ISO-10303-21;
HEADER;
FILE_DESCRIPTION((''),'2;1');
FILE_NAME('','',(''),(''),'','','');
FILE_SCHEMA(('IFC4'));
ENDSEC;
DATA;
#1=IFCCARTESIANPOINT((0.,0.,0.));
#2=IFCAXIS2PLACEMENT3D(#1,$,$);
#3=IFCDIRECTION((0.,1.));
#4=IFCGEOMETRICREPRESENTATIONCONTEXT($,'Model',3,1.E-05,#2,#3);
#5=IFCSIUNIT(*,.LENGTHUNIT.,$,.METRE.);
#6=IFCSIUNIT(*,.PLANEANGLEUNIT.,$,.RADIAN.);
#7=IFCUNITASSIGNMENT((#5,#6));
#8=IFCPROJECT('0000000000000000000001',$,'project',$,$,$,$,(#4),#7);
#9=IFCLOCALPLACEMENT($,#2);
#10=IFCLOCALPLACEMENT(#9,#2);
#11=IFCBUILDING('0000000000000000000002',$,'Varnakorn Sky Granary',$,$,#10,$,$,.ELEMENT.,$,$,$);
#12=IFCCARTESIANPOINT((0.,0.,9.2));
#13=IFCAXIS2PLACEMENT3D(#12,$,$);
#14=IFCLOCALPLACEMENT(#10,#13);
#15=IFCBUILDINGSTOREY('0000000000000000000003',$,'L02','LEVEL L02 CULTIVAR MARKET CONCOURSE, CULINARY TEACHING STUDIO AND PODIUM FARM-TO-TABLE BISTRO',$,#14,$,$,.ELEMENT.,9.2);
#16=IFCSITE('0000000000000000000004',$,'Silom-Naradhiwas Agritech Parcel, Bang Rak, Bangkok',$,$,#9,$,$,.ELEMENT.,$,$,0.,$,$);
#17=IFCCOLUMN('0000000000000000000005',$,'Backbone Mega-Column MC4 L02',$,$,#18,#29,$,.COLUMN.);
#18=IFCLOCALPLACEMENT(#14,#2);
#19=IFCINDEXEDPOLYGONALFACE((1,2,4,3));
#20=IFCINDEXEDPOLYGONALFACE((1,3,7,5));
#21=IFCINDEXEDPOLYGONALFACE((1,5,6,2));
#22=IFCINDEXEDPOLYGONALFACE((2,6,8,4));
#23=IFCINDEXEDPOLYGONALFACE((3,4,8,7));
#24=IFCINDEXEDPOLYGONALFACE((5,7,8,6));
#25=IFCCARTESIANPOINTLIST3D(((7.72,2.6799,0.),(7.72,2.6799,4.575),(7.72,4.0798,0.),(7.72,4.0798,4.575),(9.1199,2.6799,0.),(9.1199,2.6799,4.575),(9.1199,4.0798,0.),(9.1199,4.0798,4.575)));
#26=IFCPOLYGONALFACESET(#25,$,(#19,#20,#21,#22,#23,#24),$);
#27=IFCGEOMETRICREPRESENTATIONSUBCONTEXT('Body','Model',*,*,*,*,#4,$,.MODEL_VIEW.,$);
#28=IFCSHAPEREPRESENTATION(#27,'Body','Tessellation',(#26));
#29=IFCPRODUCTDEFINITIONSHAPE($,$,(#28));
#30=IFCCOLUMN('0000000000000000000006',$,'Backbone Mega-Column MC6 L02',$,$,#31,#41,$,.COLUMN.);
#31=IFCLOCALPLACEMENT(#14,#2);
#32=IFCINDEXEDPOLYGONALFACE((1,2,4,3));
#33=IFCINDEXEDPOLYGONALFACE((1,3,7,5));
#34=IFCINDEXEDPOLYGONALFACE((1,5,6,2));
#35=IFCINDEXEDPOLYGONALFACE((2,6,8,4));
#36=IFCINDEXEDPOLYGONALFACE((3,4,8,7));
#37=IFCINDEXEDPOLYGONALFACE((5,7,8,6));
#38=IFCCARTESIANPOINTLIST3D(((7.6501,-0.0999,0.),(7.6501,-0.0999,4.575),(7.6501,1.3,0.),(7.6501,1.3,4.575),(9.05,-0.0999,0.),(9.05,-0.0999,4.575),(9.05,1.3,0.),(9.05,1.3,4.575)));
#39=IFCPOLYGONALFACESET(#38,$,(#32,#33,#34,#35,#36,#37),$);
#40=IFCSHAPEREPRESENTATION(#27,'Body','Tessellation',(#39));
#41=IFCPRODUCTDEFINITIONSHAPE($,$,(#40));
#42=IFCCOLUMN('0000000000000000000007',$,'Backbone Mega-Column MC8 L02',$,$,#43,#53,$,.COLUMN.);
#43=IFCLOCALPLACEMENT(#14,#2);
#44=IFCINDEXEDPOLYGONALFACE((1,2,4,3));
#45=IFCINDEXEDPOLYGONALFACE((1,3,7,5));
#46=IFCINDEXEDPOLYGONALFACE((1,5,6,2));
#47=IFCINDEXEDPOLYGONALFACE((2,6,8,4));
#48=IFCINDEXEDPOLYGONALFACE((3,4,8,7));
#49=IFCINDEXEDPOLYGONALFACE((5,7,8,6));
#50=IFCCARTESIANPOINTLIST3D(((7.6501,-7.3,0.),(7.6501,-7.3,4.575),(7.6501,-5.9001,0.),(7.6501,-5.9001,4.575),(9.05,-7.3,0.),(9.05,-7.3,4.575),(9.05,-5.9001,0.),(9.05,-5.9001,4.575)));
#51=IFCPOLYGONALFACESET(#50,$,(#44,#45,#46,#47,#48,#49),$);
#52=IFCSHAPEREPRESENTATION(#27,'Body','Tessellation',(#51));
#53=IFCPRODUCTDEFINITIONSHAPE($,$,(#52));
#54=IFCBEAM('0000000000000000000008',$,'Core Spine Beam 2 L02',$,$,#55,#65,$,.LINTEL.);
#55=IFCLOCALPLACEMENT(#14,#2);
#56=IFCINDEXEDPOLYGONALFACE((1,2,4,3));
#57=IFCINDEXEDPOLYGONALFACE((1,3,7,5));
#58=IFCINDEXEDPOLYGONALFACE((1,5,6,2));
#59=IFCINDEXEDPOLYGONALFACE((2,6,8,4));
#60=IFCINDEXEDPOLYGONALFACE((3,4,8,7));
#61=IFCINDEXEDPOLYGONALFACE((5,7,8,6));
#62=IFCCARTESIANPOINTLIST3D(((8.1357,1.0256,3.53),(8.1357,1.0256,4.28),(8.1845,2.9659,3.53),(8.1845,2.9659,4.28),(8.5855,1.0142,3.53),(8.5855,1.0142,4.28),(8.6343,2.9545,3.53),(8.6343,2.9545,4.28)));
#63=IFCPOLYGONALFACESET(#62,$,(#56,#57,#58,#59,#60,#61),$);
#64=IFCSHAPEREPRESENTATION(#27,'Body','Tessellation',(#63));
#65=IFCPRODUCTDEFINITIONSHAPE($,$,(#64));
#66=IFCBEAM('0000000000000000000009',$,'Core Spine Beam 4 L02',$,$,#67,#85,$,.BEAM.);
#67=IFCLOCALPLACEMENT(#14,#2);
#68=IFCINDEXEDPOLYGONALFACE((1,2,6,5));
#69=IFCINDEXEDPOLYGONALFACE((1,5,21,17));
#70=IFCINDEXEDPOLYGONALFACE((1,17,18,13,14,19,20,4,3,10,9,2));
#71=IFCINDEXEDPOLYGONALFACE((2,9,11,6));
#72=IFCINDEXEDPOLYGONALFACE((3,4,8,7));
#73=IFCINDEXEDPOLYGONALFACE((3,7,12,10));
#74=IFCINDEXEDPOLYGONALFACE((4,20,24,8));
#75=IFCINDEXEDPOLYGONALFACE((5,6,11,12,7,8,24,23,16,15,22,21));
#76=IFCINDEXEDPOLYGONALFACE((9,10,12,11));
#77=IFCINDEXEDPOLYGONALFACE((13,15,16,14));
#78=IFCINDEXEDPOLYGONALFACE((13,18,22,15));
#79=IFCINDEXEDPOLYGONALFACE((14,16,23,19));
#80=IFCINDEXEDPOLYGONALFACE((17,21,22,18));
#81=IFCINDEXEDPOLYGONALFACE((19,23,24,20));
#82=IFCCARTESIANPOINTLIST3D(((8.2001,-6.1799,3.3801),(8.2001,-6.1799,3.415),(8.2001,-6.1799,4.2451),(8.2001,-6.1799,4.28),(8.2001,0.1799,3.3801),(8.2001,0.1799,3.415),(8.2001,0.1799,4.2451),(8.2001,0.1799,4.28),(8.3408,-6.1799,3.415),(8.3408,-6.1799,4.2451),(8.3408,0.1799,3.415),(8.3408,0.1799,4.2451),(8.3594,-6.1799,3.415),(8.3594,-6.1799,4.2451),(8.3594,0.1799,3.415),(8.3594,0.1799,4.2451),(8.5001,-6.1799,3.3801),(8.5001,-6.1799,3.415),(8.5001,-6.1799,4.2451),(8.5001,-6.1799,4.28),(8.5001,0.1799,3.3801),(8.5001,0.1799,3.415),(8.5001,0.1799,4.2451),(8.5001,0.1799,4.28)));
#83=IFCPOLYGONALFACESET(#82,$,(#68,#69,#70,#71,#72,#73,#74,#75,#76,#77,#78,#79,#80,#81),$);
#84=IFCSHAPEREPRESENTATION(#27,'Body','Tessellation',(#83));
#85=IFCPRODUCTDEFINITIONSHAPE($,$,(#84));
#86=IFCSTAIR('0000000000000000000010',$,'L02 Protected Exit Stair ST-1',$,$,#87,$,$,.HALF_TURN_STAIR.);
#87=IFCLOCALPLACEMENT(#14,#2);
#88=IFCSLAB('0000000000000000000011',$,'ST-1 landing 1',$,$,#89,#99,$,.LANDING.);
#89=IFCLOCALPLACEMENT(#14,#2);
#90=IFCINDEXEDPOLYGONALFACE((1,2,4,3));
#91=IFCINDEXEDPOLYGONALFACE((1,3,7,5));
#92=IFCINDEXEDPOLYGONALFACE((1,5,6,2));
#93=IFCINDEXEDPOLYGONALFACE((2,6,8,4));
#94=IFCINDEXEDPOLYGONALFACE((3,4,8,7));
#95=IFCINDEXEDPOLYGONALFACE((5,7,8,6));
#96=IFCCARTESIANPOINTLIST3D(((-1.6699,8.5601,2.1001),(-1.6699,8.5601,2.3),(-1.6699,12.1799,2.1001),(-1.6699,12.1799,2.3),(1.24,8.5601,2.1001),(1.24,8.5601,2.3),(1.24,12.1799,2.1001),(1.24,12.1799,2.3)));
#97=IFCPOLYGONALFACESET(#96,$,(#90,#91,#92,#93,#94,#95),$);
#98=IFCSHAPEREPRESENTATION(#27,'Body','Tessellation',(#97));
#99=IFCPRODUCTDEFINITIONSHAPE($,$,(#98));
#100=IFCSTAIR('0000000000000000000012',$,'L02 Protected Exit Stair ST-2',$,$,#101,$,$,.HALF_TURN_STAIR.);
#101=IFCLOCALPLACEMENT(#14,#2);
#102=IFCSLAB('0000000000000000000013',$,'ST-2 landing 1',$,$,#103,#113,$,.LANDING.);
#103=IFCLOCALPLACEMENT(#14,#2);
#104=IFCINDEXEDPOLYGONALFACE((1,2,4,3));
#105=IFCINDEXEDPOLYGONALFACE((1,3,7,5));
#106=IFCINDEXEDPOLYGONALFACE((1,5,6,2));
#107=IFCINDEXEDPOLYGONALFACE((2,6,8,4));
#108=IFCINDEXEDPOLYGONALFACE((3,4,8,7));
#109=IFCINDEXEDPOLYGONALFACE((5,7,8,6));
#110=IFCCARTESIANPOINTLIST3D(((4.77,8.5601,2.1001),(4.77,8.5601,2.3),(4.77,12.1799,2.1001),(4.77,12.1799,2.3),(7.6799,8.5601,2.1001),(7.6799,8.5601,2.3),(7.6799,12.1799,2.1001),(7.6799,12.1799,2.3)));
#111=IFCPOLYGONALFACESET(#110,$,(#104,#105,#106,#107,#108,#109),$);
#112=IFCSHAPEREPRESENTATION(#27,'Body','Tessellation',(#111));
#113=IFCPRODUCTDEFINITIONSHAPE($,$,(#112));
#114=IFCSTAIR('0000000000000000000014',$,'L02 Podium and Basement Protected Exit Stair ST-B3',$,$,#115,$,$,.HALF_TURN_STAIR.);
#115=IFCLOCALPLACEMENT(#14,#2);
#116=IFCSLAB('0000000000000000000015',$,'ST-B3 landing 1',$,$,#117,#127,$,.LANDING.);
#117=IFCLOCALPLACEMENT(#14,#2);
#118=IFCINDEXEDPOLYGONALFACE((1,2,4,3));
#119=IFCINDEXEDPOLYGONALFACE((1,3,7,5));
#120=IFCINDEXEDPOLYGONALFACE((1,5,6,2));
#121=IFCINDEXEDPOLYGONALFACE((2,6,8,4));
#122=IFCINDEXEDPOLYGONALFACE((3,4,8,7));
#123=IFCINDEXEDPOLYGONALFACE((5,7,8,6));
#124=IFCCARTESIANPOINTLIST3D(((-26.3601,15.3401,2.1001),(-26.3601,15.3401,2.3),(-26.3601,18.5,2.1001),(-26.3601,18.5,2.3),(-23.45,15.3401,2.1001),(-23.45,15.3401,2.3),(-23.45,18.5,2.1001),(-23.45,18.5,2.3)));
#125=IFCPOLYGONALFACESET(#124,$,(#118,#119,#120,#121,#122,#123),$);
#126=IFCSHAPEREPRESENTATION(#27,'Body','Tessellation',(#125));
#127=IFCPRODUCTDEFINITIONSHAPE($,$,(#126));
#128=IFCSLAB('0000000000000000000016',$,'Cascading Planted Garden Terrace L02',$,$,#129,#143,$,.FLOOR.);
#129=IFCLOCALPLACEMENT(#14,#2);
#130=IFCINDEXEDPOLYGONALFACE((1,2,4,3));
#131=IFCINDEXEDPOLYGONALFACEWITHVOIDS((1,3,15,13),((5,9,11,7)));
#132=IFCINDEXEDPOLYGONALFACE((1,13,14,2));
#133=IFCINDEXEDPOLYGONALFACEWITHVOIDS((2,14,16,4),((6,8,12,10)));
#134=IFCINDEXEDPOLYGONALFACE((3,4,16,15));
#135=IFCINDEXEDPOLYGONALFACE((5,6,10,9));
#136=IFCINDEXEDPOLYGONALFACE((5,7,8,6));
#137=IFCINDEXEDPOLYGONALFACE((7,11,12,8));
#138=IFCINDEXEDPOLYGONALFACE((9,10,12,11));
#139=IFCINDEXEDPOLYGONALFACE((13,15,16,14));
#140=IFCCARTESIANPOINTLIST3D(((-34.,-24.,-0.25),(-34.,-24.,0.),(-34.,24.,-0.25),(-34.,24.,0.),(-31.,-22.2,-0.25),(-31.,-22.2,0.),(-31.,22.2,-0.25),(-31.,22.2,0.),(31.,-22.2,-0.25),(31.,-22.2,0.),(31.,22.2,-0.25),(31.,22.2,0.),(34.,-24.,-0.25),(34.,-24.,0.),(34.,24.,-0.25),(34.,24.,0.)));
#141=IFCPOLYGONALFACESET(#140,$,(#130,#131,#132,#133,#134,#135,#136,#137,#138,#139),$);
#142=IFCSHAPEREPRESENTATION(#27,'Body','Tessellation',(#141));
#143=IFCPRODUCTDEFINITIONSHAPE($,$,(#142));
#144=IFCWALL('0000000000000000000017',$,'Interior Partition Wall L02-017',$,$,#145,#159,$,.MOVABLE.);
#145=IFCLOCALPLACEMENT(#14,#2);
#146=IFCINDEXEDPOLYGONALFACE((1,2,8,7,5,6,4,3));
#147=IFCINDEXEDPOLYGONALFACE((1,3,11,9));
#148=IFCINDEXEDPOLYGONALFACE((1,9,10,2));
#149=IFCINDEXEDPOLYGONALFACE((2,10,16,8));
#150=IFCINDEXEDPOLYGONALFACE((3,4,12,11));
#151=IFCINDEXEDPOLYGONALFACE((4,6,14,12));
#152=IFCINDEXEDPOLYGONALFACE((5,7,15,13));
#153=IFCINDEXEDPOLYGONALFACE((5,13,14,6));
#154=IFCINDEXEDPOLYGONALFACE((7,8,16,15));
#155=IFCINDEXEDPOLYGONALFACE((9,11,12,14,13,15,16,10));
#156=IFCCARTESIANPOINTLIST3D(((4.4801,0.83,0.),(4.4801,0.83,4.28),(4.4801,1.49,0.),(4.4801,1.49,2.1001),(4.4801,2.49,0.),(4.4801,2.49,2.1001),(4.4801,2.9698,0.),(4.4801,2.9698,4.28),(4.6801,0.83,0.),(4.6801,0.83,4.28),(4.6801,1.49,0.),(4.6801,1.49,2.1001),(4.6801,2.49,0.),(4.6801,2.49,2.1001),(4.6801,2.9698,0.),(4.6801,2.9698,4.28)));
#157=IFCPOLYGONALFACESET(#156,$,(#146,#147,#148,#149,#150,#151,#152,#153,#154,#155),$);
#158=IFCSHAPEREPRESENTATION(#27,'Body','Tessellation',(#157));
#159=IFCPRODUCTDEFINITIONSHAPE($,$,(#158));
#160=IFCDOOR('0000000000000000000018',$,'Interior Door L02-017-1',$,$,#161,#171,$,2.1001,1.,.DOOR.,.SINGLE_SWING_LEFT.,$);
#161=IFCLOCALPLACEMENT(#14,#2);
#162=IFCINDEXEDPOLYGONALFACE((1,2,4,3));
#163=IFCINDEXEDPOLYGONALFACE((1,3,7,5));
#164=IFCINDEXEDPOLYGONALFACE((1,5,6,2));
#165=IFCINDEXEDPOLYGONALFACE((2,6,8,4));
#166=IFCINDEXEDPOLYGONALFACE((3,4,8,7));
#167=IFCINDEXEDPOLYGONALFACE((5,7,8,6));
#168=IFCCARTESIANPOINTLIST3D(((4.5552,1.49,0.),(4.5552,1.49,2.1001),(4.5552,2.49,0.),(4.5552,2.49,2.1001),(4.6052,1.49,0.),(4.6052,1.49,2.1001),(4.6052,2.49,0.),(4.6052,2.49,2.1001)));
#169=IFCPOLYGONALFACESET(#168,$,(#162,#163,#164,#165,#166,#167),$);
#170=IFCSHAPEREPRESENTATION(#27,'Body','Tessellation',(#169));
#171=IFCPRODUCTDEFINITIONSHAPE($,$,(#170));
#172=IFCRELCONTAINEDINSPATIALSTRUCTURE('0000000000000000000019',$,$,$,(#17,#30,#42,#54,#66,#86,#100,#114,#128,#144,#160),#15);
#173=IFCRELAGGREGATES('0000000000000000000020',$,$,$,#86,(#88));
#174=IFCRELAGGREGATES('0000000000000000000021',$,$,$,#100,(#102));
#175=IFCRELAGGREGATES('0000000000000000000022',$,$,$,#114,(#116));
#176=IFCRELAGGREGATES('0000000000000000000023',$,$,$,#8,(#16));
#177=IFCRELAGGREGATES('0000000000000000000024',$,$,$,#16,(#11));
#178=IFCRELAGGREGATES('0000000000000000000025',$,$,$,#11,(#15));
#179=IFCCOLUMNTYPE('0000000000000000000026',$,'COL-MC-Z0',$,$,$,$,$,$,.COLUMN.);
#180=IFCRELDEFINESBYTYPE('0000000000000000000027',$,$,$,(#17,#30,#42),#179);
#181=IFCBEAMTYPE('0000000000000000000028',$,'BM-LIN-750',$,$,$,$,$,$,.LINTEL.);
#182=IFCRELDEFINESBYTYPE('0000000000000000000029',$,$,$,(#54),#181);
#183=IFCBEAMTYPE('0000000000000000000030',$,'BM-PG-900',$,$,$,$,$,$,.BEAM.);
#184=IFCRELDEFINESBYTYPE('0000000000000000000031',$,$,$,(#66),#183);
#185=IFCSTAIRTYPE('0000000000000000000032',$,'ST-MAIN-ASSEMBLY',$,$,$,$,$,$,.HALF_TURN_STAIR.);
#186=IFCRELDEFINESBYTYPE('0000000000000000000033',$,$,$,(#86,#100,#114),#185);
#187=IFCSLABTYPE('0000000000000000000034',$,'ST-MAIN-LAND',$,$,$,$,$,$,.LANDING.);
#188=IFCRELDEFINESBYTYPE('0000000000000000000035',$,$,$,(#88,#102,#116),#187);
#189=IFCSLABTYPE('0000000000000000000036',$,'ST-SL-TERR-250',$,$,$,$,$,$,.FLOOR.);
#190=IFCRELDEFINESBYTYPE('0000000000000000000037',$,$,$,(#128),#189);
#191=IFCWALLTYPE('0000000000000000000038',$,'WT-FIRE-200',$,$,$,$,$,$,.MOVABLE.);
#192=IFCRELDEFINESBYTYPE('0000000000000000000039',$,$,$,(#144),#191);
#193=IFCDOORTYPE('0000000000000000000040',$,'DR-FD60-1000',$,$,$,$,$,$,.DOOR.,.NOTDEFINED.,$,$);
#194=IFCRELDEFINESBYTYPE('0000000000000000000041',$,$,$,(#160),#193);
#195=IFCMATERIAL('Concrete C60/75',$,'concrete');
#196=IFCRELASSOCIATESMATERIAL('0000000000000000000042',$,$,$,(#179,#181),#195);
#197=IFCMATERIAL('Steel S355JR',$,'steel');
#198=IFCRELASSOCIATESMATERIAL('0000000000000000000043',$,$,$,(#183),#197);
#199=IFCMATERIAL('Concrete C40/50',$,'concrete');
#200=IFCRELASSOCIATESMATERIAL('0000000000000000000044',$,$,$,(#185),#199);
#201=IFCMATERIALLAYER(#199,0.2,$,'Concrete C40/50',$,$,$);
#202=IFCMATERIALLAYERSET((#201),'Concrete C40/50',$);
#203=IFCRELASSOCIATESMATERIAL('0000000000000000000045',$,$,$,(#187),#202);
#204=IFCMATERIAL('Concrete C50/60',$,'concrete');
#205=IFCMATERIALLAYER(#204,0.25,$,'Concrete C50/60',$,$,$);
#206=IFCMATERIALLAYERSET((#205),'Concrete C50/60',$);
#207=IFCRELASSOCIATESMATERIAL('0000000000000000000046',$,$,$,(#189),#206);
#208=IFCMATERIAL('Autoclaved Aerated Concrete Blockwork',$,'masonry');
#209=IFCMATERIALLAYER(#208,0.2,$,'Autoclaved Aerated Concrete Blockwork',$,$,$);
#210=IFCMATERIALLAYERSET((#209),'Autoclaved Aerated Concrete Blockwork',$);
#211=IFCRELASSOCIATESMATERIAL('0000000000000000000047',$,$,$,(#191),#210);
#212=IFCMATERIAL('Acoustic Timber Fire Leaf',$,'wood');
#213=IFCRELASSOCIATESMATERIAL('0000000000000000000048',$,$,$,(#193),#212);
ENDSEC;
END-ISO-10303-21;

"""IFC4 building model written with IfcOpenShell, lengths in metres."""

from ifc_helpers import new_model, si_unit, direction, frame, frame_2d, origin, origin_2d, place, context, subcontext, project, spatial, polyline, rectangle, i_section, outline, extrude, material, layer, layer_set, material_profile, profile_set, type_object, element, fill, aggregate, save


model = new_model("IFC4")

# Units and contexts
model_context = context("Model", 3, precision=1e-05, world=origin(), true_north=direction((0.0, 1.0)))
body_context = subcontext(model_context, "Body", "Model", "MODEL_VIEW")
ifc_project = project(units=[si_unit("LENGTHUNIT", "METRE"), si_unit("PLANEANGLEUNIT", "RADIAN")], contexts=[model_context])

# Site, building, storey
site_placement = place(None, origin())
site = spatial("IfcSite", under=ifc_project, at=site_placement, Name="Silom-Naradhiwas Agritech Parcel, Bang Rak, Bangkok", CompositionType="ELEMENT", RefElevation=0.0)
building_placement = place(site_placement, origin())
building = spatial("IfcBuilding", under=site, at=building_placement, Name="Varnakorn Sky Granary", CompositionType="ELEMENT")
storey_placement = place(building_placement, frame((0.0, 0.0, 9.2)))
storey = spatial("IfcBuildingStorey", under=building, at=storey_placement, Name="L02", Description="LEVEL L02 CULTIVAR MARKET CONCOURSE, CULINARY TEACHING STUDIO AND PODIUM FARM-TO-TABLE BISTRO", CompositionType="ELEMENT", Elevation=9.2)

# Columns
ifc_material_1 = material(Name="Concrete C60/75", Category="concrete")
ifc_material_profile_1 = material_profile(ifc_material_1, rectangle(XDim=1.3999, YDim=1.3999, at=origin_2d()), Name="RC 1400x1400")
ifc_profile_set_1 = profile_set([ifc_material_profile_1], Name="Concrete C60/75")
column_type = type_object("IfcColumnType", Name="COL-MC-Z0", PredefinedType="COLUMN", material=ifc_profile_set_1)
for number, where, z_axis, x_axis, name in (
    (1, (8.4199, 3.3799, 0.0), (0.0, 0.0, 1.0), (1.0, 0.0, 0.0), "Backbone Mega-Column MC4 L02"),
    (2, (8.3501, 0.6001, 0.0), (0.0, 0.0, 1.0), (1.0, 0.0, 0.0), "Backbone Mega-Column MC6 L02"),
    (3, (8.3501, -6.6001, 0.0), (0.0, 0.0, 1.0), (1.0, 0.0, 0.0), "Backbone Mega-Column MC8 L02"),
):
    element("IfcColumn", number, at=place(storey_placement, frame(where, z_axis=z_axis, x_axis=x_axis)), inside=storey, type_object=column_type, Name=name, PredefinedType="COLUMN", context=body_context, shape_type="SweptSolid", body=[
        extrude(rectangle(XDim=1.3999, YDim=1.3999, at=origin_2d()), origin(), (0.0, 0.0, 1.0), 4.575),
    ])

# Beams
ifc_material_profile_2 = material_profile(ifc_material_1, rectangle(XDim=0.45, YDim=0.75, at=origin_2d()), Name="RC 450x750")
ifc_profile_set_2 = profile_set([ifc_material_profile_2], Name="Concrete C60/75")
beam_type_1 = type_object("IfcBeamType", Name="BM-LIN-750", PredefinedType="LINTEL", material=ifc_profile_set_2)
beam_1_placement = place(storey_placement, frame((8.4094, 2.9602, 3.905), z_axis=(-0.025159, -0.999683, 0.0), x_axis=(0.999683, -0.025159, 0.0)))
element("IfcBeam", 4, at=beam_1_placement, inside=storey, type_object=beam_type_1, Name="Core Spine Beam 2 L02", PredefinedType="LINTEL", context=body_context, shape_type="SweptSolid", body=[
    extrude(rectangle(XDim=0.45, YDim=0.75, at=origin_2d()), origin(), (0.0, 0.0, 1.0), 1.9409),
])
ifc_material_2 = material(Name="Steel S355JR", Category="steel")
ifc_material_profile_3 = material_profile(ifc_material_2, i_section(OverallWidth=0.3, OverallDepth=0.8999, WebThickness=0.0186, FlangeThickness=0.0349, at=origin_2d()), Name="HE 900 B")
ifc_profile_set_3 = profile_set([ifc_material_profile_3], Name="Steel S355JR")
beam_type_2 = type_object("IfcBeamType", Name="BM-PG-900", PredefinedType="BEAM", material=ifc_profile_set_3)
beam_2_placement = place(storey_placement, frame((8.3501, 0.1799, 3.8301), z_axis=(0.0, -1.0, 0.0), x_axis=(1.0, 0.0, 0.0)))
element("IfcBeam", 5, at=beam_2_placement, inside=storey, type_object=beam_type_2, Name="Core Spine Beam 4 L02", PredefinedType="BEAM", context=body_context, shape_type="SweptSolid", body=[
    extrude(i_section(OverallWidth=0.3, OverallDepth=0.8999, WebThickness=0.0186, FlangeThickness=0.0349, at=origin_2d()), origin(), (0.0, 0.0, 1.0), 6.3599),
])

# Stairs, slabs
ifc_material_3 = material(Name="Concrete C40/50", Category="concrete")
stair_type = type_object("IfcStairType", Name="ST-MAIN-ASSEMBLY", PredefinedType="HALF_TURN_STAIR", material=ifc_material_3)
stair_1_placement = place(storey_placement, origin())
stair_1 = element("IfcStair", 6, at=stair_1_placement, inside=storey, type_object=stair_type, Name="L02 Protected Exit Stair ST-1", PredefinedType="HALF_TURN_STAIR")
ifc_layer_1 = layer(ifc_material_3, 0.2, Name="Concrete C40/50")
ifc_layer_set_1 = layer_set([ifc_layer_1], Name="Concrete C40/50")
slab_type_1 = type_object("IfcSlabType", Name="ST-MAIN-LAND", PredefinedType="LANDING", material=ifc_layer_set_1)
slab_1_placement = place(storey_placement, frame((0.0, 0.0, 2.1001)))
slab_1 = element("IfcSlab", 7, at=slab_1_placement, type_object=slab_type_1, Name="ST-1 landing 1", PredefinedType="LANDING", context=body_context, shape_type="SweptSolid", body=[
    extrude(outline(polyline([(1.24, 8.5601), (1.24, 12.1799), (-1.6699, 12.1799), (-1.6699, 8.5601), (1.24, 8.5601)])), origin(), (0.0, 0.0, 1.0), 0.2),
])
aggregate(stair_1, [slab_1])
stair_2_placement = place(storey_placement, origin())
stair_2 = element("IfcStair", 8, at=stair_2_placement, inside=storey, type_object=stair_type, Name="L02 Protected Exit Stair ST-2", PredefinedType="HALF_TURN_STAIR")
slab_2_placement = place(storey_placement, frame((0.0, 0.0, 2.1001)))
slab_2 = element("IfcSlab", 9, at=slab_2_placement, type_object=slab_type_1, Name="ST-2 landing 1", PredefinedType="LANDING", context=body_context, shape_type="SweptSolid", body=[
    extrude(outline(polyline([(7.6799, 8.5601), (7.6799, 12.1799), (4.77, 12.1799), (4.77, 8.5601), (7.6799, 8.5601)])), origin(), (0.0, 0.0, 1.0), 0.2),
])
aggregate(stair_2, [slab_2])
stair_3_placement = place(storey_placement, origin())
stair_3 = element("IfcStair", 10, at=stair_3_placement, inside=storey, type_object=stair_type, Name="L02 Podium and Basement Protected Exit Stair ST-B3", PredefinedType="HALF_TURN_STAIR")
slab_3_placement = place(storey_placement, frame((0.0, 0.0, 2.1001)))
slab_3 = element("IfcSlab", 11, at=slab_3_placement, type_object=slab_type_1, Name="ST-B3 landing 1", PredefinedType="LANDING", context=body_context, shape_type="SweptSolid", body=[
    extrude(outline(polyline([(-23.45, 15.3401), (-23.45, 18.5), (-26.3601, 18.5), (-26.3601, 15.3401), (-23.45, 15.3401)])), origin(), (0.0, 0.0, 1.0), 0.2),
])
aggregate(stair_3, [slab_3])

# Slab
ifc_material_4 = material(Name="Concrete C50/60", Category="concrete")
ifc_layer_2 = layer(ifc_material_4, 0.25, Name="Concrete C50/60")
ifc_layer_set_2 = layer_set([ifc_layer_2], Name="Concrete C50/60")
slab_type_2 = type_object("IfcSlabType", Name="ST-SL-TERR-250", PredefinedType="FLOOR", material=ifc_layer_set_2)
slab_4_placement = place(storey_placement, frame((0.0, 0.0, -0.25)))
element("IfcSlab", 12, at=slab_4_placement, inside=storey, type_object=slab_type_2, Name="Cascading Planted Garden Terrace L02", PredefinedType="FLOOR", context=body_context, shape_type="SweptSolid", body=[
    extrude(outline(polyline([(-34.0, -24.0), (34.0, -24.0), (34.0, 24.0), (-34.0, 24.0), (-34.0, -24.0)]), holes=[polyline([(-31.0, -22.2), (31.0, -22.2), (31.0, 22.2), (-31.0, 22.2), (-31.0, -22.2)])]), origin(), (0.0, 0.0, 1.0), 0.25),
])

# Wall, opening, door
ifc_material_5 = material(Name="Autoclaved Aerated Concrete Blockwork", Category="masonry")
ifc_layer_3 = layer(ifc_material_5, 0.2, Name="Autoclaved Aerated Concrete Blockwork")
ifc_layer_set_3 = layer_set([ifc_layer_3], Name="Autoclaved Aerated Concrete Blockwork")
wall_type_1 = type_object("IfcWallType", Name="WT-FIRE-200", PredefinedType="MOVABLE", material=ifc_layer_set_3)
wall_1_placement = place(storey_placement, frame((4.5801, 0.8301, 0.0), z_axis=(0.0, 0.0, 1.0), x_axis=(0.0, 1.0, 0.0)))
wall_1 = element("IfcWall", 13, at=wall_1_placement, inside=storey, type_object=wall_type_1, Name="Interior Partition Wall L02-017", PredefinedType="MOVABLE", context=body_context, shape_type="SweptSolid", body=[
    extrude(rectangle(XDim=2.1399, YDim=0.2, at=frame_2d((1.0698, 0.0))), origin(), (0.0, 0.0, 1.0), 4.28),
])
opening_1_placement = place(wall_1_placement, frame((0.6599, 0.0, 0.0)))
opening_1 = element("IfcOpeningElement", 14, at=opening_1_placement, cuts=wall_1, PredefinedType="OPENING", context=body_context, shape_type="SweptSolid", body=[
    extrude(rectangle(XDim=1.0, YDim=2.1001, at=frame_2d((0.5, 1.05))), frame((0.0, 0.1099, 0.0), z_axis=(0.0, -1.0, 0.0), x_axis=(1.0, 0.0, 0.0)), (0.0, 0.0, 1.0), 0.22),
])
ifc_material_6 = material(Name="Acoustic Timber Fire Leaf", Category="wood")
door_type_1 = type_object("IfcDoorType", Name="DR-FD60-1000", OperationType="NOTDEFINED", PredefinedType="DOOR", material=ifc_material_6)
door_1_placement = place(opening_1_placement, origin())
door_1 = element("IfcDoor", 15, at=door_1_placement, inside=storey, type_object=door_type_1, Name="Interior Door L02-017-1", OperationType="SINGLE_SWING_LEFT", OverallHeight=2.1001, OverallWidth=1.0, PredefinedType="DOOR", context=body_context, shape_type="SweptSolid", body=[
    extrude(rectangle(XDim=1.0, YDim=2.1001, at=frame_2d((0.5, 1.05))), frame((0.0, 0.0249, 0.0), z_axis=(0.0, -1.0, 0.0), x_axis=(1.0, 0.0, 0.0)), (0.0, 0.0, 1.0), 0.05),
])
fill(opening_1, door_1)

save(model, "model.ifc")
